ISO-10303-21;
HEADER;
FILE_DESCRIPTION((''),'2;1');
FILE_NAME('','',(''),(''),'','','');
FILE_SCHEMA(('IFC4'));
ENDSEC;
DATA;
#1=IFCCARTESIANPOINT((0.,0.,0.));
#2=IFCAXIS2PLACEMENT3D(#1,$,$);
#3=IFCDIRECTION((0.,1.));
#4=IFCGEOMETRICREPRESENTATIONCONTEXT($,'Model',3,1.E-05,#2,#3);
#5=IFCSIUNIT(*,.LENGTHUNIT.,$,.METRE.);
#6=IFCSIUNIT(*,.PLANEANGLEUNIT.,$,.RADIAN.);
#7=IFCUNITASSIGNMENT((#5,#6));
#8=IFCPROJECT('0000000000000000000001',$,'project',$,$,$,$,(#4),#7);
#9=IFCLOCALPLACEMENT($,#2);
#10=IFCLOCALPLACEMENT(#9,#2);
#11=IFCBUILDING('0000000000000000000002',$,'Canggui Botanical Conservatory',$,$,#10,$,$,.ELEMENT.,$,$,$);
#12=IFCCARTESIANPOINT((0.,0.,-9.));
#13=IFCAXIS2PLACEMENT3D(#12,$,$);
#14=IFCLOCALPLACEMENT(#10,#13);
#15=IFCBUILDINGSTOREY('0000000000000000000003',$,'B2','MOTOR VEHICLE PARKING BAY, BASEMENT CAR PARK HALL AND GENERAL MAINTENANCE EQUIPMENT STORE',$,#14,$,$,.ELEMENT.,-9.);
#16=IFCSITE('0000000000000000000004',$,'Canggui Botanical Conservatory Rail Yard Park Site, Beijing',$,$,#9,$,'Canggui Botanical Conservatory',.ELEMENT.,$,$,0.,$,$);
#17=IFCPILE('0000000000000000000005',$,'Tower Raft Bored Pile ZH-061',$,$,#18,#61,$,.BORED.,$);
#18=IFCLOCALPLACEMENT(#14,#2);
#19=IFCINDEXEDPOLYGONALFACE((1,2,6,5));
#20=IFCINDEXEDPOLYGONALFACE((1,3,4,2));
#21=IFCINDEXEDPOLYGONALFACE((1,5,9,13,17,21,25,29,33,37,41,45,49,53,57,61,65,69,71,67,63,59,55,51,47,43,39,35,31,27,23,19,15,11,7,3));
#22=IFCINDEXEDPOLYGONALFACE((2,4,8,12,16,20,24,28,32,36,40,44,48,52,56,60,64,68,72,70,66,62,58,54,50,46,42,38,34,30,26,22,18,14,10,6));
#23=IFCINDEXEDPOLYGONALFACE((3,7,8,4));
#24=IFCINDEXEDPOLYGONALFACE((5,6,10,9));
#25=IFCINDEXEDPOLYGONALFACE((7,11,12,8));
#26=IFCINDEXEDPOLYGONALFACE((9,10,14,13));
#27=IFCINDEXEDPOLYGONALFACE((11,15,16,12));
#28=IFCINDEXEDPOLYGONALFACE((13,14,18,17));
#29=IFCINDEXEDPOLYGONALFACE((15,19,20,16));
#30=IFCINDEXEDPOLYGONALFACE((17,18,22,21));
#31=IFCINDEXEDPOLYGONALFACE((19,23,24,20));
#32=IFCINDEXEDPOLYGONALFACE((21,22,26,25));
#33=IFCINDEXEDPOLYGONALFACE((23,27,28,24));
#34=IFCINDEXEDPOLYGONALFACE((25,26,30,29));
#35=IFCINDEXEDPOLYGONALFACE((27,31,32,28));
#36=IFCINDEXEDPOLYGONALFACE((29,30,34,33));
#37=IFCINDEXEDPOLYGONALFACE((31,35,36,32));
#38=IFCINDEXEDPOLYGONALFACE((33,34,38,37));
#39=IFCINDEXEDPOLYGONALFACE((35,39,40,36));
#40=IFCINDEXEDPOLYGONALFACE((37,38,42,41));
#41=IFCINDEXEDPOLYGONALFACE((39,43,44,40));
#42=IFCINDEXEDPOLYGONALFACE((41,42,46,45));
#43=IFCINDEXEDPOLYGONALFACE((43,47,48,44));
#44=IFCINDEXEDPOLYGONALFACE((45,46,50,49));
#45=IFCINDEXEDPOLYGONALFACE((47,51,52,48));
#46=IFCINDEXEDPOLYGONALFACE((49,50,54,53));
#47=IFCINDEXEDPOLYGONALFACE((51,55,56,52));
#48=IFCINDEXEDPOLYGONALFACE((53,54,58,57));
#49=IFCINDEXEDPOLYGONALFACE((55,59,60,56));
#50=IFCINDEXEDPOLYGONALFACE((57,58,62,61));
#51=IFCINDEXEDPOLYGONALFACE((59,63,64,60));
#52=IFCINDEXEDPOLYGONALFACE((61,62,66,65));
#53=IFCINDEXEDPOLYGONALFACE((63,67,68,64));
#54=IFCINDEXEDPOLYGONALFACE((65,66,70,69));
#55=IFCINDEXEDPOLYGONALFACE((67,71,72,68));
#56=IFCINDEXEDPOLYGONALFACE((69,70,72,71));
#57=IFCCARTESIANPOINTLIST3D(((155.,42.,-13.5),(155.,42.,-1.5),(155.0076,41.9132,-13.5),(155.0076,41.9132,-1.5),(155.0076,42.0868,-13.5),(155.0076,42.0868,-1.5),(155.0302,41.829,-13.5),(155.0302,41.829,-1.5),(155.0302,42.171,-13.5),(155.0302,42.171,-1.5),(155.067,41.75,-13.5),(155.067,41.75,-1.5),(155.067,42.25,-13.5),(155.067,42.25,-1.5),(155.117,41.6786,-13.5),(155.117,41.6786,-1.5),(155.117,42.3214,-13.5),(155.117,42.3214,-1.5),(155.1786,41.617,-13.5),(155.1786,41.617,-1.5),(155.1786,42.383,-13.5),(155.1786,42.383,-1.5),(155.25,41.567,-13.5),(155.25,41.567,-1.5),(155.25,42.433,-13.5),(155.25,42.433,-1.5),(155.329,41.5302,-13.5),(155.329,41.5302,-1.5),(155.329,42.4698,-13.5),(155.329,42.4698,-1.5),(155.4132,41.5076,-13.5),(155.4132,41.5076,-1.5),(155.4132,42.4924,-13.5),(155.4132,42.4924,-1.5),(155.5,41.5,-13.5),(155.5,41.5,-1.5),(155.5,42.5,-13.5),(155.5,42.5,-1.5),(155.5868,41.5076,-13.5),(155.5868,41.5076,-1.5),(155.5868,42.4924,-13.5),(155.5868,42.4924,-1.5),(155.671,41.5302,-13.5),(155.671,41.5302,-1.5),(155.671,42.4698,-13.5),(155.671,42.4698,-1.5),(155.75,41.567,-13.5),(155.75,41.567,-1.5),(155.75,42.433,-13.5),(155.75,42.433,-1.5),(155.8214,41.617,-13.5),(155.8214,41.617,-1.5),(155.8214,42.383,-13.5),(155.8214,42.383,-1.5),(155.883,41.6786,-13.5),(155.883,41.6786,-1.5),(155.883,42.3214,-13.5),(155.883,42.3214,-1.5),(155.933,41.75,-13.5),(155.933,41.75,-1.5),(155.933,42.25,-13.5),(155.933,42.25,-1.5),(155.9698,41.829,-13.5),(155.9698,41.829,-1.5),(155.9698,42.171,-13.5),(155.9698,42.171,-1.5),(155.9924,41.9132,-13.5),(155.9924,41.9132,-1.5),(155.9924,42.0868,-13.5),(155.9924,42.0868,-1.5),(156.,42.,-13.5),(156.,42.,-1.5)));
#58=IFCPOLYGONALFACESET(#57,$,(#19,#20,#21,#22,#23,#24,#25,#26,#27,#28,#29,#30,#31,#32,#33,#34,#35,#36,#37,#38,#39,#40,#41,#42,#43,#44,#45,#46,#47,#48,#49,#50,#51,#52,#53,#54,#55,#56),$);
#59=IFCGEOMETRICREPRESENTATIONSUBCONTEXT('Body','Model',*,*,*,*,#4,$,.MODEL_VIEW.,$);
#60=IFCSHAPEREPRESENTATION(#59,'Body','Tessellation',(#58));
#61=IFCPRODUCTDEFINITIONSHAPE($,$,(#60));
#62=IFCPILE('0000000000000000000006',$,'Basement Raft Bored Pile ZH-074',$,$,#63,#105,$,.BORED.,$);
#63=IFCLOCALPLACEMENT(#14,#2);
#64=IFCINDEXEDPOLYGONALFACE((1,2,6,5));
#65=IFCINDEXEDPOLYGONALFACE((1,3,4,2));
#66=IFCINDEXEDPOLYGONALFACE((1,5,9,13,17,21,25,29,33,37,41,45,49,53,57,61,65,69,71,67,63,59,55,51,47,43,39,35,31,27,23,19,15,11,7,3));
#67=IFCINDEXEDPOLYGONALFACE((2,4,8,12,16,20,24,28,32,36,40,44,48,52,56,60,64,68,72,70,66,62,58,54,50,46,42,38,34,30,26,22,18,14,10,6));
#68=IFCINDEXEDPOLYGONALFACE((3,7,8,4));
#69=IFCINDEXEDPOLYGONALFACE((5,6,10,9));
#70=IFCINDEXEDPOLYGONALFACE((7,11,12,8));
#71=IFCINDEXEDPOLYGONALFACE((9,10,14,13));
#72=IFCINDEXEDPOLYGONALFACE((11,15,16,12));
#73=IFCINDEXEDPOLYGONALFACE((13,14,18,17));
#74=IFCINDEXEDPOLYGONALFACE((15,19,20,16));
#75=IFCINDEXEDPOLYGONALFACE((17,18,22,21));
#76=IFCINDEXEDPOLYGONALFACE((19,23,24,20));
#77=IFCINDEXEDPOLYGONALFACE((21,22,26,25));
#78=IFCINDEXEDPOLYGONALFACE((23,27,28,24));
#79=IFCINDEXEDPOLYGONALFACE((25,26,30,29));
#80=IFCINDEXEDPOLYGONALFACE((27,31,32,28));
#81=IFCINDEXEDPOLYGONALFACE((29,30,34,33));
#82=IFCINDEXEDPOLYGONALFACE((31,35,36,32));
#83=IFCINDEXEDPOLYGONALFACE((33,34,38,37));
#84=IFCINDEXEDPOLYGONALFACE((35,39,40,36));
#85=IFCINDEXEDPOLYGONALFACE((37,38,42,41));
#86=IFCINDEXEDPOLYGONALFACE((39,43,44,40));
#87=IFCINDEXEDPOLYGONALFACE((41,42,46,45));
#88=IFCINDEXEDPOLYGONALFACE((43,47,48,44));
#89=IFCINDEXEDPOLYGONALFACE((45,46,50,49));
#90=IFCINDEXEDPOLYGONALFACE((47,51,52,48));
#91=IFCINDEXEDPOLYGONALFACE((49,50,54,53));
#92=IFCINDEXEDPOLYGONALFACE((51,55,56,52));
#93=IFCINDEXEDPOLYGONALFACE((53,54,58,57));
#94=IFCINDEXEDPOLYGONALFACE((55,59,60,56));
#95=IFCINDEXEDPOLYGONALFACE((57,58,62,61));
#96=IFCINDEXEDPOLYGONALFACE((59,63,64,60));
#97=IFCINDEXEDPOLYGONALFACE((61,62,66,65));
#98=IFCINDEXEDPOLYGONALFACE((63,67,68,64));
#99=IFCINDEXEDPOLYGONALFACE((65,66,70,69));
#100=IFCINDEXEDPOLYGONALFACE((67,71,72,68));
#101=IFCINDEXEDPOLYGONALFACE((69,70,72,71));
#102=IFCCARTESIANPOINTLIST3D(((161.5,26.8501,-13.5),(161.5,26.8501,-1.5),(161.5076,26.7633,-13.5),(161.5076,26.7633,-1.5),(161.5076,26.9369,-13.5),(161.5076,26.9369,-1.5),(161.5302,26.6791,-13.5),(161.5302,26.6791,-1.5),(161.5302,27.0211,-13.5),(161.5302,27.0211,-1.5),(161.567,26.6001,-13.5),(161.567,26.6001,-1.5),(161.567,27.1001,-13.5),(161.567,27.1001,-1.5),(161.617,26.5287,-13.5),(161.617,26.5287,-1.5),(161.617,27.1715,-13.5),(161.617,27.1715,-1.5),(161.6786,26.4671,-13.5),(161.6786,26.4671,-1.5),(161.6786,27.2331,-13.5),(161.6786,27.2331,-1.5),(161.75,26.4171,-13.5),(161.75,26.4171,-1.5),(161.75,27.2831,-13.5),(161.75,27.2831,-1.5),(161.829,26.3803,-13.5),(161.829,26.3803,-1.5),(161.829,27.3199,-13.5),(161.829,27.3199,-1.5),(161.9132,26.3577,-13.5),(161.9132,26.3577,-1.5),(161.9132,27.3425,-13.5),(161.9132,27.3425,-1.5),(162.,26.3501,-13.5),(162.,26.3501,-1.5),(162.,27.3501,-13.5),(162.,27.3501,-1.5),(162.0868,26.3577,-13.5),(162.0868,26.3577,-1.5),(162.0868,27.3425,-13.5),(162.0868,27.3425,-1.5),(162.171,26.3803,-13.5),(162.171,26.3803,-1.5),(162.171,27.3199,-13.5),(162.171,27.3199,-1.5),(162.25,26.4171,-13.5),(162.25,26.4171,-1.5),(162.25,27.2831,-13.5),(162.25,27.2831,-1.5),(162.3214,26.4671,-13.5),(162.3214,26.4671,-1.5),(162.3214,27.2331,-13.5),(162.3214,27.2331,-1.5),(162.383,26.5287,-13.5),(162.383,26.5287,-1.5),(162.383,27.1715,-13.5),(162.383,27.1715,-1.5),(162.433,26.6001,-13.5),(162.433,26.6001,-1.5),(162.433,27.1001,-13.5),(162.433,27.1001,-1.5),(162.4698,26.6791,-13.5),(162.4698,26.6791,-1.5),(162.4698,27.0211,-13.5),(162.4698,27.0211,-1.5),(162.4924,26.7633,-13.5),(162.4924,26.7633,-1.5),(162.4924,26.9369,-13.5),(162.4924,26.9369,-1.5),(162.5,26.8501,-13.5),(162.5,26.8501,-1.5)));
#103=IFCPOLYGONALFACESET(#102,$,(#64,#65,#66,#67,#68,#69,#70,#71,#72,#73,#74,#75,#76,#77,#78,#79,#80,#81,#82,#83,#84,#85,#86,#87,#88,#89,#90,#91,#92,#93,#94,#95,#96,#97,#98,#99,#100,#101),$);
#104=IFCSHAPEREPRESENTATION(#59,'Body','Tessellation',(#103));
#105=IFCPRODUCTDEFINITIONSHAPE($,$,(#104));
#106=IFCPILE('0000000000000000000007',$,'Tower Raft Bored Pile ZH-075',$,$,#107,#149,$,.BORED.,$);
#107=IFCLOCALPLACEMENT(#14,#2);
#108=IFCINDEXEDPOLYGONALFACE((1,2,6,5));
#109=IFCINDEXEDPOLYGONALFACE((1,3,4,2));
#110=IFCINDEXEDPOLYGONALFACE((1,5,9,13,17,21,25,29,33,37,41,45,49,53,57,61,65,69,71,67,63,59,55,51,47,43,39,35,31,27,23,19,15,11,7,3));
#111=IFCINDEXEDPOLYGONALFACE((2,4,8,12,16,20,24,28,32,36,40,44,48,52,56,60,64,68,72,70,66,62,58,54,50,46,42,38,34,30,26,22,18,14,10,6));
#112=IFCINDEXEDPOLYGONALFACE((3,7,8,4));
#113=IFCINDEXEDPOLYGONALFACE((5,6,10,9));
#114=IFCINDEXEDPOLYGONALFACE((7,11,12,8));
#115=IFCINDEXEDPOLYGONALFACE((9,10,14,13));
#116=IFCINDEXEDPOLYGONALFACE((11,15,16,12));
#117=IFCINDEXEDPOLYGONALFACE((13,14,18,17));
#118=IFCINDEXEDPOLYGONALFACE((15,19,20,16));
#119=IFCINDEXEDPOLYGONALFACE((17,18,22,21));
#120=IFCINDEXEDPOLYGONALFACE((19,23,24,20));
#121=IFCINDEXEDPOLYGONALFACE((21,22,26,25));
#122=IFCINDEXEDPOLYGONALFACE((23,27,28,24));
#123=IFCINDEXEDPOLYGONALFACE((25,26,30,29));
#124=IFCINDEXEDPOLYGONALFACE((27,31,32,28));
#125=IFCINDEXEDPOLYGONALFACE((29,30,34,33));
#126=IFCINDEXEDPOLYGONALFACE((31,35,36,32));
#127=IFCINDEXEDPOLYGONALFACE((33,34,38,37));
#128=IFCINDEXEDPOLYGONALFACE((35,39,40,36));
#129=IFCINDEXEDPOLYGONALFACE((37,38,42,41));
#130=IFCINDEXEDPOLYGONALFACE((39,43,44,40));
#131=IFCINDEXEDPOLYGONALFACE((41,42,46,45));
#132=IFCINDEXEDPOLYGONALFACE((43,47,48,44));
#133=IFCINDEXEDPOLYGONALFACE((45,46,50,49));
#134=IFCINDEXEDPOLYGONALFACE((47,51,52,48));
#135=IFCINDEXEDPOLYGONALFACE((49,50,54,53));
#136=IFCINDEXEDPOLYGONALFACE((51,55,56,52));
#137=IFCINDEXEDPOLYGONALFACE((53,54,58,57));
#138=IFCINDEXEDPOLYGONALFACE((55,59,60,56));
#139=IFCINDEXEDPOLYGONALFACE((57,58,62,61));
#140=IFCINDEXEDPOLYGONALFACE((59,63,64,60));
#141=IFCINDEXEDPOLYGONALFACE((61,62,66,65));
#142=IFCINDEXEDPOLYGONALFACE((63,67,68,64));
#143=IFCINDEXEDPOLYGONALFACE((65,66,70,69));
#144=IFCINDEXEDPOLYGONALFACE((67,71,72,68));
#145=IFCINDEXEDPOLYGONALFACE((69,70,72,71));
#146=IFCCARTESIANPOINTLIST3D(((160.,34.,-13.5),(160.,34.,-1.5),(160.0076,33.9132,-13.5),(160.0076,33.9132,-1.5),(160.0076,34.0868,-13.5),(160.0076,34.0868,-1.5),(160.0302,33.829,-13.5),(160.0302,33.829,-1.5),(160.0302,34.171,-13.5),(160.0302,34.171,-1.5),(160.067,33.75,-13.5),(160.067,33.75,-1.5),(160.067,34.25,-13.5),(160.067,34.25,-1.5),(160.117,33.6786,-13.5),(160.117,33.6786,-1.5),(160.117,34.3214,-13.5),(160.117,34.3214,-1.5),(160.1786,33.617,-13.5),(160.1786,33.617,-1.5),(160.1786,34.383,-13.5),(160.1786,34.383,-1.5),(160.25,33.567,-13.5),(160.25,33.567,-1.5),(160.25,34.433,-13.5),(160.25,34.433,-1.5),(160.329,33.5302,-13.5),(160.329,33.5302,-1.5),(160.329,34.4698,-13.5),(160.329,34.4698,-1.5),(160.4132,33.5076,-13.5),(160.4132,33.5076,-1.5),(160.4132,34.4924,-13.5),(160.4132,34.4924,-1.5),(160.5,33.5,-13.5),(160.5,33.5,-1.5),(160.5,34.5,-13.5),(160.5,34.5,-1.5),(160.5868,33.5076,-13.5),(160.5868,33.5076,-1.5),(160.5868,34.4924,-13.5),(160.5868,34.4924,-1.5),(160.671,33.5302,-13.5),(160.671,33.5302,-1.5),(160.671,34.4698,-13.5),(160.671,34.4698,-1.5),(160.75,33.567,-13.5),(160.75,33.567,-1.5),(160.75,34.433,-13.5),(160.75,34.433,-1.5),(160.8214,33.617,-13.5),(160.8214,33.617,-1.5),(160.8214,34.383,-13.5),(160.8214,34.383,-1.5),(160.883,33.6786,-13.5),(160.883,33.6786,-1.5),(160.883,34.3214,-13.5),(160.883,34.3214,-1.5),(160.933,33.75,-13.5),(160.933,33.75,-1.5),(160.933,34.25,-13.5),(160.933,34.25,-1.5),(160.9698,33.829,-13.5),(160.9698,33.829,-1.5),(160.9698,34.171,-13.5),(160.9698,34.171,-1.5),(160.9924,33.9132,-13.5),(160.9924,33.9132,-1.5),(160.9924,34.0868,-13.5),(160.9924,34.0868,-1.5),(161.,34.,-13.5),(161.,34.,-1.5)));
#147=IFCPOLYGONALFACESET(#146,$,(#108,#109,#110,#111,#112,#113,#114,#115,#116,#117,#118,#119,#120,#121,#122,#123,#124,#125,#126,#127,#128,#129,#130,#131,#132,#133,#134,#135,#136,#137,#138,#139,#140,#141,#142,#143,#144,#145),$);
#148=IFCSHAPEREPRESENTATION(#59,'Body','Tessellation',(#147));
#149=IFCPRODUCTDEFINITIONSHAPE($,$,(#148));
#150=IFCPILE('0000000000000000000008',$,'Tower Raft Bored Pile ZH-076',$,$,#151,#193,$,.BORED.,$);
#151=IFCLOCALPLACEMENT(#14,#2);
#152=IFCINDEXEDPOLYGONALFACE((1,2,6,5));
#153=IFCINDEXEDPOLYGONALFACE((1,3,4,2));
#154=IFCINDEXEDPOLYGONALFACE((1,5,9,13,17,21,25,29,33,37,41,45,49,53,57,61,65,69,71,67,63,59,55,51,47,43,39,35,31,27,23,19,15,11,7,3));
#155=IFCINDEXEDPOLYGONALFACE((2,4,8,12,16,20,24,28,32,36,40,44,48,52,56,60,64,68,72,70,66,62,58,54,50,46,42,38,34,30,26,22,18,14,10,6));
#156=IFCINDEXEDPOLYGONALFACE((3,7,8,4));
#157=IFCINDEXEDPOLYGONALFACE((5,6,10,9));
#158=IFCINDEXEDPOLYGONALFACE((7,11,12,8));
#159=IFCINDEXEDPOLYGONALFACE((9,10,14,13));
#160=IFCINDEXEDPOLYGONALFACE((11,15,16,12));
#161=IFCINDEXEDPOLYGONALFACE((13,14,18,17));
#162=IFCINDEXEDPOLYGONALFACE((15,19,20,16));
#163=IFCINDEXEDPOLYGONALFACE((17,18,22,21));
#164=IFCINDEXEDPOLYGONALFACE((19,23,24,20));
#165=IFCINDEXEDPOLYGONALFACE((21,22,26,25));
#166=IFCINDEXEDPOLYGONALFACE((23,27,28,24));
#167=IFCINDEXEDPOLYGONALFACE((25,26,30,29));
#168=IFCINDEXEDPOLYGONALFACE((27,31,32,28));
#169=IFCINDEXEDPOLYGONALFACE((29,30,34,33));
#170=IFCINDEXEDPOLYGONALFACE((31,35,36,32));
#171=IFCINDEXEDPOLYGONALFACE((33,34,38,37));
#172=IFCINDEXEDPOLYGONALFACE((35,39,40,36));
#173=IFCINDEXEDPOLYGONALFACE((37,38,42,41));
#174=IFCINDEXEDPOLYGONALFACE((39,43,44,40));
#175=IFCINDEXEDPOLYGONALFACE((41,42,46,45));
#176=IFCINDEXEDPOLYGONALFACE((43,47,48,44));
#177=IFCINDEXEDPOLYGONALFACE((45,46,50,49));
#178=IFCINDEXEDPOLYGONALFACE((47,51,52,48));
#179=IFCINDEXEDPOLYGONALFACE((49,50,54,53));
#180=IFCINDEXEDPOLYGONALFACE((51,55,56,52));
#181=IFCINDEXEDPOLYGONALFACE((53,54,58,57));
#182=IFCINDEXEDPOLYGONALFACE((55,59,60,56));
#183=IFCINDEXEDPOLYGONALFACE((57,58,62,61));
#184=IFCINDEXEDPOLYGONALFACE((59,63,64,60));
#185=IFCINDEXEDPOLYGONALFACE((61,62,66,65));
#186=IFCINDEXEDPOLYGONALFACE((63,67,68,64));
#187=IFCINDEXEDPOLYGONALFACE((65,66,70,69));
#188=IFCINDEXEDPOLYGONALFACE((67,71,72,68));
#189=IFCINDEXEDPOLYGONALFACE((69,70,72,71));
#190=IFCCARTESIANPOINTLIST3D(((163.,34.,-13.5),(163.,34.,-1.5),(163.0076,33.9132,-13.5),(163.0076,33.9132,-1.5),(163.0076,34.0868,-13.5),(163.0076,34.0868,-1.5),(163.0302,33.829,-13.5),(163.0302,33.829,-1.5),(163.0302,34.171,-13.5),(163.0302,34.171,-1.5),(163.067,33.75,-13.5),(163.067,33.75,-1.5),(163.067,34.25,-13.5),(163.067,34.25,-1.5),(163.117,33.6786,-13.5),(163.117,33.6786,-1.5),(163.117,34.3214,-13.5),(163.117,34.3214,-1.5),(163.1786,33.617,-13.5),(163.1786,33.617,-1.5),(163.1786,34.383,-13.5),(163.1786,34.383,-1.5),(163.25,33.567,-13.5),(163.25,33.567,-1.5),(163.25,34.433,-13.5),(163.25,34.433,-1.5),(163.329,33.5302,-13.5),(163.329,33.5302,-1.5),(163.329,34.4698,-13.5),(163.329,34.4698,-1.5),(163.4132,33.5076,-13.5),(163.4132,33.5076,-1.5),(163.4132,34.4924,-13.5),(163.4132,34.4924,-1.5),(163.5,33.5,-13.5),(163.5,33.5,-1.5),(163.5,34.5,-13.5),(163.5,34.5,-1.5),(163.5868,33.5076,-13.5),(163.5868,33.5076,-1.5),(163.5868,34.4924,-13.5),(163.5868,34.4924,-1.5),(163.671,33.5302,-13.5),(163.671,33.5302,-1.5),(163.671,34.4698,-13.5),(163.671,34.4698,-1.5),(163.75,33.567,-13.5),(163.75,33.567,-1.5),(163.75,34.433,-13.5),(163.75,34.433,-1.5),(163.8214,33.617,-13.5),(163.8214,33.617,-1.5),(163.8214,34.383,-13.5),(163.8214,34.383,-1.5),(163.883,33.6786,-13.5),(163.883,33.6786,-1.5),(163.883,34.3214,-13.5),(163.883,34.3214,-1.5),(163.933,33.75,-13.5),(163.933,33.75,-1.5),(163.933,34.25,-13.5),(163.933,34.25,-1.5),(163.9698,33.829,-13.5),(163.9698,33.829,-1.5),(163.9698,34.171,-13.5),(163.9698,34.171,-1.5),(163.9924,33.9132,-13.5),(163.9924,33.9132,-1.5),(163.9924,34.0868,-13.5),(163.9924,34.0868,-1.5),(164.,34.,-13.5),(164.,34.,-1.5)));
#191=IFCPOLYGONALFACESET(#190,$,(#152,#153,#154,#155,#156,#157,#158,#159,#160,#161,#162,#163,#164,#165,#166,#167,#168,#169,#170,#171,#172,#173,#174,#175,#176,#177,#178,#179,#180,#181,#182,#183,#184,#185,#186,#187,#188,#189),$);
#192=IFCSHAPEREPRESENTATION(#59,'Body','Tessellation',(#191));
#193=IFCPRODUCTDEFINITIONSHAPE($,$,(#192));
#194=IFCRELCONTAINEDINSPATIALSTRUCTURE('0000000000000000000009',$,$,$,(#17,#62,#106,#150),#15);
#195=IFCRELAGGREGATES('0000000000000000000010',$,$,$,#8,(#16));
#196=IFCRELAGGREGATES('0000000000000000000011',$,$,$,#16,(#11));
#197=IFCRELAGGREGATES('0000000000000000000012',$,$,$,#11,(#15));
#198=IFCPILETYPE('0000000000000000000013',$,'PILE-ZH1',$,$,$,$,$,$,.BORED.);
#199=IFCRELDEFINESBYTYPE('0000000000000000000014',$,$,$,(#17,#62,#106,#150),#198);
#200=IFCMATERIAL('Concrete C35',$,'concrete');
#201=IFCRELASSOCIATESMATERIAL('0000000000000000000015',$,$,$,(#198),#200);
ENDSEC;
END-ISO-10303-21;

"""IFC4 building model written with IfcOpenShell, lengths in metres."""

from ifc_helpers import new_model, si_unit, direction, frame, origin, origin_2d, place, context, subcontext, project, spatial, circle, extrude, material, material_profile, profile_set, type_object, element, save


model = new_model("IFC4")

# Units and contexts
model_context = context("Model", 3, precision=1e-05, world=origin(), true_north=direction((0.0, 1.0)))
body_context = subcontext(model_context, "Body", "Model", "MODEL_VIEW")
ifc_project = project(units=[si_unit("LENGTHUNIT", "METRE"), si_unit("PLANEANGLEUNIT", "RADIAN")], contexts=[model_context])

# Site, building, storey
site_placement = place(None, origin())
site = spatial("IfcSite", under=ifc_project, at=site_placement, Name="Canggui Botanical Conservatory Rail Yard Park Site, Beijing", LongName="Canggui Botanical Conservatory", CompositionType="ELEMENT", RefElevation=0.0)
building_placement = place(site_placement, origin())
building = spatial("IfcBuilding", under=site, at=building_placement, Name="Canggui Botanical Conservatory", CompositionType="ELEMENT")
storey_placement = place(building_placement, frame((0.0, 0.0, -9.0)))
storey = spatial("IfcBuildingStorey", under=building, at=storey_placement, Name="B2", Description="MOTOR VEHICLE PARKING BAY, BASEMENT CAR PARK HALL AND GENERAL MAINTENANCE EQUIPMENT STORE", CompositionType="ELEMENT", Elevation=-9.0)

# Piles
ifc_material_1 = material(Name="Concrete C35", Category="concrete")
ifc_material_profile_1 = material_profile(ifc_material_1, circle(Radius=0.5, at=origin_2d()), Name="PILE D1000")
ifc_profile_set_1 = profile_set([ifc_material_profile_1], Name="Concrete C35")
pile_type = type_object("IfcPileType", Name="PILE-ZH1", PredefinedType="BORED", material=ifc_profile_set_1)
for number, where, z_axis, x_axis, name in (
    (1, (155.5, 42.0, -1.5), (0.0, 0.0, -1.0), (1.0, 0.0, 0.0), "Tower Raft Bored Pile ZH-061"),
    (2, (162.0, 26.8501, -1.5), (0.0, 0.0, -1.0), (1.0, 0.0, 0.0), "Basement Raft Bored Pile ZH-074"),
    (3, (160.5, 34.0, -1.5), (0.0, 0.0, -1.0), (1.0, 0.0, 0.0), "Tower Raft Bored Pile ZH-075"),
    (4, (163.5, 34.0, -1.5), (0.0, 0.0, -1.0), (1.0, 0.0, 0.0), "Tower Raft Bored Pile ZH-076"),
):
    element("IfcPile", number, at=place(storey_placement, frame(where, z_axis=z_axis, x_axis=x_axis)), inside=storey, type_object=pile_type, Name=name, PredefinedType="BORED", context=body_context, shape_type="SweptSolid", body=[
        extrude(circle(Radius=0.5, at=origin_2d()), origin(), (0.0, 0.0, 1.0), 12.0),
    ])

save(model, "model.ifc")
